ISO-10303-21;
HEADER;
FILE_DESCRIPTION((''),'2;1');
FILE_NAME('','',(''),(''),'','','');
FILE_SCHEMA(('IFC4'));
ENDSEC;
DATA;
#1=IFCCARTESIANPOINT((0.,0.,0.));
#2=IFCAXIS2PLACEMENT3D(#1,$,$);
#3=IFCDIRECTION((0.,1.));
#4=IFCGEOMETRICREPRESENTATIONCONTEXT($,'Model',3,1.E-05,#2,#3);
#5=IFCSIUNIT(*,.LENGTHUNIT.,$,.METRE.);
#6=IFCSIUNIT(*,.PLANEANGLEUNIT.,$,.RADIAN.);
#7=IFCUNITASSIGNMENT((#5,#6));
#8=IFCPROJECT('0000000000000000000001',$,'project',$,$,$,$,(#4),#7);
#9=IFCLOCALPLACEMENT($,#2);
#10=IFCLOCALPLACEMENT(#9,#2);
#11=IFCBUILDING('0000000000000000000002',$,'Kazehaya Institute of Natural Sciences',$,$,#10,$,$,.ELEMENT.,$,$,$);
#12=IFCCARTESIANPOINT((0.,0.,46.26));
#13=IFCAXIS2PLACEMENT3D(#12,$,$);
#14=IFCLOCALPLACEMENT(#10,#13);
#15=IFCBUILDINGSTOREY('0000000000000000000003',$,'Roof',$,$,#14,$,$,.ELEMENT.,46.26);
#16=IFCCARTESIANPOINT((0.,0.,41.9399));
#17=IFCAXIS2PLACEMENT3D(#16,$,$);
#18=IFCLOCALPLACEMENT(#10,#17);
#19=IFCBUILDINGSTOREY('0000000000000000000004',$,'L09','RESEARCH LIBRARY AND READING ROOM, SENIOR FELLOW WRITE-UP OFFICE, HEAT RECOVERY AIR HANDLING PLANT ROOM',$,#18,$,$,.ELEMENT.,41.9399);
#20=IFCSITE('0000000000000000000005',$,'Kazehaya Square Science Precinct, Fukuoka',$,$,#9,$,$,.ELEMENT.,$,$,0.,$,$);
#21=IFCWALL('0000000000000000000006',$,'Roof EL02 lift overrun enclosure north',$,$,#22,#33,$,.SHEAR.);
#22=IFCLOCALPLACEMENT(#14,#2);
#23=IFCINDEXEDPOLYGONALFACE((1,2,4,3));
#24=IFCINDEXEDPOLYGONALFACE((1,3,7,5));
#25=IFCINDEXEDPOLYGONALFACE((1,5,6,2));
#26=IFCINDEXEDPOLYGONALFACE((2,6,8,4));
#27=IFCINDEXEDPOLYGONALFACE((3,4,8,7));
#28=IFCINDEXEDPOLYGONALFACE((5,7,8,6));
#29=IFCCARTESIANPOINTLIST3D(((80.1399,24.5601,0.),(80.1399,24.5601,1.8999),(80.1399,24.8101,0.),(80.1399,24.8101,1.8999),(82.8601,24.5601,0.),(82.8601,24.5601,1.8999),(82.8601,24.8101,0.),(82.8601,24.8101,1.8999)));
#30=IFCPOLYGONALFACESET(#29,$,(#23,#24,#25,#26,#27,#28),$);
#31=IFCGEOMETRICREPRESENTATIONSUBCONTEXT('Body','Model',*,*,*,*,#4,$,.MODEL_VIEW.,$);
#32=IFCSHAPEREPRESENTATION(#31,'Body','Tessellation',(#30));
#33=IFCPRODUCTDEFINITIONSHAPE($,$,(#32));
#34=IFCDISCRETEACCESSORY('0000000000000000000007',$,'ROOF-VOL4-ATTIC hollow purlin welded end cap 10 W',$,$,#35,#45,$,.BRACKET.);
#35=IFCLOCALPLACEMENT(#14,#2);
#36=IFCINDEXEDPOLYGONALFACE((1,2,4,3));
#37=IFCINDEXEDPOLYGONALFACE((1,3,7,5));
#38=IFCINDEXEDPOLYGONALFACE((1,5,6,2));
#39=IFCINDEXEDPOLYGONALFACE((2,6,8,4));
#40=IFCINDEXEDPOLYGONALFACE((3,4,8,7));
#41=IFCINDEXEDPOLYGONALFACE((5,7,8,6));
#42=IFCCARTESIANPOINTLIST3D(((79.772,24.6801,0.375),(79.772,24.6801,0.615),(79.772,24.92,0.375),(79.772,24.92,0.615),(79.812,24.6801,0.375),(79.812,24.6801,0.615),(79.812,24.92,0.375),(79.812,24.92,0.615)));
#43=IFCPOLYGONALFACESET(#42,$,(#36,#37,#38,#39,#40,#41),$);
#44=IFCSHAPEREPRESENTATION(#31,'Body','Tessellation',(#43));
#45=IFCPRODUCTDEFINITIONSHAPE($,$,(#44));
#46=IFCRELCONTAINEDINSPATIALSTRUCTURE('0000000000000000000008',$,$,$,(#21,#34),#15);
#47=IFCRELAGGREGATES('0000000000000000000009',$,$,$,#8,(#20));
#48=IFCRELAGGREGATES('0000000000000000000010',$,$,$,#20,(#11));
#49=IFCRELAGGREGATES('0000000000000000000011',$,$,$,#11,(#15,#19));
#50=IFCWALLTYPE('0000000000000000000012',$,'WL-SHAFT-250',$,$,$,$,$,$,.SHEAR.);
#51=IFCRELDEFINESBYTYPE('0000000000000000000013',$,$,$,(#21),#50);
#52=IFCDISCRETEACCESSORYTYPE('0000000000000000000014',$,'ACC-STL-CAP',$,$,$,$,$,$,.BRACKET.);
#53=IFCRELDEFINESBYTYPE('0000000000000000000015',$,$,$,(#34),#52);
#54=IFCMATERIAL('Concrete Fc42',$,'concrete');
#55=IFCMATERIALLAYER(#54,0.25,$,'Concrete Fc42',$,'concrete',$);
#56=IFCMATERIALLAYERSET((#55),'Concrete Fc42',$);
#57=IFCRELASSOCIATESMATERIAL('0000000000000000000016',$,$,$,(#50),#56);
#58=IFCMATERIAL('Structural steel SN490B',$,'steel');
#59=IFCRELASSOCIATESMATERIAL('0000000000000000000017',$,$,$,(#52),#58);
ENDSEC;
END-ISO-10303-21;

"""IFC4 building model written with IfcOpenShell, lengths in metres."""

from ifc_helpers import new_model, si_unit, direction, frame, frame_2d, origin, origin_2d, place, context, subcontext, project, spatial, rectangle, extrude, material, layer, layer_set, type_object, element, save


model = new_model("IFC4")

# Units and contexts
model_context = context("Model", 3, precision=1e-05, world=origin(), true_north=direction((0.0, 1.0)))
body_context = subcontext(model_context, "Body", "Model", "MODEL_VIEW")
ifc_project = project(units=[si_unit("LENGTHUNIT", "METRE"), si_unit("PLANEANGLEUNIT", "RADIAN")], contexts=[model_context])

# Site, building, storey
site_placement = place(None, origin())
site = spatial("IfcSite", under=ifc_project, at=site_placement, Name="Kazehaya Square Science Precinct, Fukuoka", CompositionType="ELEMENT", RefElevation=0.0)
building_placement = place(site_placement, origin())
building = spatial("IfcBuilding", under=site, at=building_placement, Name="Kazehaya Institute of Natural Sciences", CompositionType="ELEMENT")
storey_1_placement = place(building_placement, frame((0.0, 0.0, 46.26)))
storey_1 = spatial("IfcBuildingStorey", under=building, at=storey_1_placement, Name="Roof", CompositionType="ELEMENT", Elevation=46.26)

# Shared definitions
ifc_material_1 = material(Name="Structural steel SN490B", Category="steel")

# Shared definitions
storey_2_placement = place(building_placement, frame((0.0, 0.0, 41.9399)))
storey_2 = spatial("IfcBuildingStorey", under=building, at=storey_2_placement, Name="L09", Description="RESEARCH LIBRARY AND READING ROOM, SENIOR FELLOW WRITE-UP OFFICE, HEAT RECOVERY AIR HANDLING PLANT ROOM", CompositionType="ELEMENT", Elevation=41.9399)

# Wall
ifc_material_2 = material(Name="Concrete Fc42", Category="concrete")
ifc_layer_1 = layer(ifc_material_2, 0.25, Name="Concrete Fc42", Category="concrete")
ifc_layer_set_1 = layer_set([ifc_layer_1], Name="Concrete Fc42")
wall_type_1 = type_object("IfcWallType", Name="WL-SHAFT-250", PredefinedType="SHEAR", material=ifc_layer_set_1)
wall_1_placement = place(storey_1_placement, frame((80.1399, 24.6851, 0.0), z_axis=(0.0, 0.0, 1.0), x_axis=(1.0, 0.0, 0.0)))
element("IfcWall", 1, at=wall_1_placement, inside=storey_1, type_object=wall_type_1, Name="Roof EL02 lift overrun enclosure north", PredefinedType="SHEAR", context=body_context, shape_type="SweptSolid", body=[
    extrude(rectangle(XDim=2.7202, YDim=0.25, at=frame_2d((1.3601, 0.0))), origin(), (0.0, 0.0, 1.0), 1.8999),
])

# Discrete accessory
discrete_accessory_type = type_object("IfcDiscreteAccessoryType", Name="ACC-STL-CAP", PredefinedType="BRACKET", material=ifc_material_1)
discrete_accessory_placement = place(storey_1_placement, frame((79.792, 24.8, 0.375), z_axis=(0.0, 0.0, 1.0), x_axis=(1.0, 0.0, 0.0)))
element("IfcDiscreteAccessory", 2, at=discrete_accessory_placement, inside=storey_1, type_object=discrete_accessory_type, Name="ROOF-VOL4-ATTIC hollow purlin welded end cap 10 W", PredefinedType="BRACKET", context=body_context, shape_type="SweptSolid", body=[
    extrude(rectangle(XDim=0.04, YDim=0.24, at=origin_2d()), origin(), (0.0, 0.0, 1.0), 0.24),
])

save(model, "model.ifc")
